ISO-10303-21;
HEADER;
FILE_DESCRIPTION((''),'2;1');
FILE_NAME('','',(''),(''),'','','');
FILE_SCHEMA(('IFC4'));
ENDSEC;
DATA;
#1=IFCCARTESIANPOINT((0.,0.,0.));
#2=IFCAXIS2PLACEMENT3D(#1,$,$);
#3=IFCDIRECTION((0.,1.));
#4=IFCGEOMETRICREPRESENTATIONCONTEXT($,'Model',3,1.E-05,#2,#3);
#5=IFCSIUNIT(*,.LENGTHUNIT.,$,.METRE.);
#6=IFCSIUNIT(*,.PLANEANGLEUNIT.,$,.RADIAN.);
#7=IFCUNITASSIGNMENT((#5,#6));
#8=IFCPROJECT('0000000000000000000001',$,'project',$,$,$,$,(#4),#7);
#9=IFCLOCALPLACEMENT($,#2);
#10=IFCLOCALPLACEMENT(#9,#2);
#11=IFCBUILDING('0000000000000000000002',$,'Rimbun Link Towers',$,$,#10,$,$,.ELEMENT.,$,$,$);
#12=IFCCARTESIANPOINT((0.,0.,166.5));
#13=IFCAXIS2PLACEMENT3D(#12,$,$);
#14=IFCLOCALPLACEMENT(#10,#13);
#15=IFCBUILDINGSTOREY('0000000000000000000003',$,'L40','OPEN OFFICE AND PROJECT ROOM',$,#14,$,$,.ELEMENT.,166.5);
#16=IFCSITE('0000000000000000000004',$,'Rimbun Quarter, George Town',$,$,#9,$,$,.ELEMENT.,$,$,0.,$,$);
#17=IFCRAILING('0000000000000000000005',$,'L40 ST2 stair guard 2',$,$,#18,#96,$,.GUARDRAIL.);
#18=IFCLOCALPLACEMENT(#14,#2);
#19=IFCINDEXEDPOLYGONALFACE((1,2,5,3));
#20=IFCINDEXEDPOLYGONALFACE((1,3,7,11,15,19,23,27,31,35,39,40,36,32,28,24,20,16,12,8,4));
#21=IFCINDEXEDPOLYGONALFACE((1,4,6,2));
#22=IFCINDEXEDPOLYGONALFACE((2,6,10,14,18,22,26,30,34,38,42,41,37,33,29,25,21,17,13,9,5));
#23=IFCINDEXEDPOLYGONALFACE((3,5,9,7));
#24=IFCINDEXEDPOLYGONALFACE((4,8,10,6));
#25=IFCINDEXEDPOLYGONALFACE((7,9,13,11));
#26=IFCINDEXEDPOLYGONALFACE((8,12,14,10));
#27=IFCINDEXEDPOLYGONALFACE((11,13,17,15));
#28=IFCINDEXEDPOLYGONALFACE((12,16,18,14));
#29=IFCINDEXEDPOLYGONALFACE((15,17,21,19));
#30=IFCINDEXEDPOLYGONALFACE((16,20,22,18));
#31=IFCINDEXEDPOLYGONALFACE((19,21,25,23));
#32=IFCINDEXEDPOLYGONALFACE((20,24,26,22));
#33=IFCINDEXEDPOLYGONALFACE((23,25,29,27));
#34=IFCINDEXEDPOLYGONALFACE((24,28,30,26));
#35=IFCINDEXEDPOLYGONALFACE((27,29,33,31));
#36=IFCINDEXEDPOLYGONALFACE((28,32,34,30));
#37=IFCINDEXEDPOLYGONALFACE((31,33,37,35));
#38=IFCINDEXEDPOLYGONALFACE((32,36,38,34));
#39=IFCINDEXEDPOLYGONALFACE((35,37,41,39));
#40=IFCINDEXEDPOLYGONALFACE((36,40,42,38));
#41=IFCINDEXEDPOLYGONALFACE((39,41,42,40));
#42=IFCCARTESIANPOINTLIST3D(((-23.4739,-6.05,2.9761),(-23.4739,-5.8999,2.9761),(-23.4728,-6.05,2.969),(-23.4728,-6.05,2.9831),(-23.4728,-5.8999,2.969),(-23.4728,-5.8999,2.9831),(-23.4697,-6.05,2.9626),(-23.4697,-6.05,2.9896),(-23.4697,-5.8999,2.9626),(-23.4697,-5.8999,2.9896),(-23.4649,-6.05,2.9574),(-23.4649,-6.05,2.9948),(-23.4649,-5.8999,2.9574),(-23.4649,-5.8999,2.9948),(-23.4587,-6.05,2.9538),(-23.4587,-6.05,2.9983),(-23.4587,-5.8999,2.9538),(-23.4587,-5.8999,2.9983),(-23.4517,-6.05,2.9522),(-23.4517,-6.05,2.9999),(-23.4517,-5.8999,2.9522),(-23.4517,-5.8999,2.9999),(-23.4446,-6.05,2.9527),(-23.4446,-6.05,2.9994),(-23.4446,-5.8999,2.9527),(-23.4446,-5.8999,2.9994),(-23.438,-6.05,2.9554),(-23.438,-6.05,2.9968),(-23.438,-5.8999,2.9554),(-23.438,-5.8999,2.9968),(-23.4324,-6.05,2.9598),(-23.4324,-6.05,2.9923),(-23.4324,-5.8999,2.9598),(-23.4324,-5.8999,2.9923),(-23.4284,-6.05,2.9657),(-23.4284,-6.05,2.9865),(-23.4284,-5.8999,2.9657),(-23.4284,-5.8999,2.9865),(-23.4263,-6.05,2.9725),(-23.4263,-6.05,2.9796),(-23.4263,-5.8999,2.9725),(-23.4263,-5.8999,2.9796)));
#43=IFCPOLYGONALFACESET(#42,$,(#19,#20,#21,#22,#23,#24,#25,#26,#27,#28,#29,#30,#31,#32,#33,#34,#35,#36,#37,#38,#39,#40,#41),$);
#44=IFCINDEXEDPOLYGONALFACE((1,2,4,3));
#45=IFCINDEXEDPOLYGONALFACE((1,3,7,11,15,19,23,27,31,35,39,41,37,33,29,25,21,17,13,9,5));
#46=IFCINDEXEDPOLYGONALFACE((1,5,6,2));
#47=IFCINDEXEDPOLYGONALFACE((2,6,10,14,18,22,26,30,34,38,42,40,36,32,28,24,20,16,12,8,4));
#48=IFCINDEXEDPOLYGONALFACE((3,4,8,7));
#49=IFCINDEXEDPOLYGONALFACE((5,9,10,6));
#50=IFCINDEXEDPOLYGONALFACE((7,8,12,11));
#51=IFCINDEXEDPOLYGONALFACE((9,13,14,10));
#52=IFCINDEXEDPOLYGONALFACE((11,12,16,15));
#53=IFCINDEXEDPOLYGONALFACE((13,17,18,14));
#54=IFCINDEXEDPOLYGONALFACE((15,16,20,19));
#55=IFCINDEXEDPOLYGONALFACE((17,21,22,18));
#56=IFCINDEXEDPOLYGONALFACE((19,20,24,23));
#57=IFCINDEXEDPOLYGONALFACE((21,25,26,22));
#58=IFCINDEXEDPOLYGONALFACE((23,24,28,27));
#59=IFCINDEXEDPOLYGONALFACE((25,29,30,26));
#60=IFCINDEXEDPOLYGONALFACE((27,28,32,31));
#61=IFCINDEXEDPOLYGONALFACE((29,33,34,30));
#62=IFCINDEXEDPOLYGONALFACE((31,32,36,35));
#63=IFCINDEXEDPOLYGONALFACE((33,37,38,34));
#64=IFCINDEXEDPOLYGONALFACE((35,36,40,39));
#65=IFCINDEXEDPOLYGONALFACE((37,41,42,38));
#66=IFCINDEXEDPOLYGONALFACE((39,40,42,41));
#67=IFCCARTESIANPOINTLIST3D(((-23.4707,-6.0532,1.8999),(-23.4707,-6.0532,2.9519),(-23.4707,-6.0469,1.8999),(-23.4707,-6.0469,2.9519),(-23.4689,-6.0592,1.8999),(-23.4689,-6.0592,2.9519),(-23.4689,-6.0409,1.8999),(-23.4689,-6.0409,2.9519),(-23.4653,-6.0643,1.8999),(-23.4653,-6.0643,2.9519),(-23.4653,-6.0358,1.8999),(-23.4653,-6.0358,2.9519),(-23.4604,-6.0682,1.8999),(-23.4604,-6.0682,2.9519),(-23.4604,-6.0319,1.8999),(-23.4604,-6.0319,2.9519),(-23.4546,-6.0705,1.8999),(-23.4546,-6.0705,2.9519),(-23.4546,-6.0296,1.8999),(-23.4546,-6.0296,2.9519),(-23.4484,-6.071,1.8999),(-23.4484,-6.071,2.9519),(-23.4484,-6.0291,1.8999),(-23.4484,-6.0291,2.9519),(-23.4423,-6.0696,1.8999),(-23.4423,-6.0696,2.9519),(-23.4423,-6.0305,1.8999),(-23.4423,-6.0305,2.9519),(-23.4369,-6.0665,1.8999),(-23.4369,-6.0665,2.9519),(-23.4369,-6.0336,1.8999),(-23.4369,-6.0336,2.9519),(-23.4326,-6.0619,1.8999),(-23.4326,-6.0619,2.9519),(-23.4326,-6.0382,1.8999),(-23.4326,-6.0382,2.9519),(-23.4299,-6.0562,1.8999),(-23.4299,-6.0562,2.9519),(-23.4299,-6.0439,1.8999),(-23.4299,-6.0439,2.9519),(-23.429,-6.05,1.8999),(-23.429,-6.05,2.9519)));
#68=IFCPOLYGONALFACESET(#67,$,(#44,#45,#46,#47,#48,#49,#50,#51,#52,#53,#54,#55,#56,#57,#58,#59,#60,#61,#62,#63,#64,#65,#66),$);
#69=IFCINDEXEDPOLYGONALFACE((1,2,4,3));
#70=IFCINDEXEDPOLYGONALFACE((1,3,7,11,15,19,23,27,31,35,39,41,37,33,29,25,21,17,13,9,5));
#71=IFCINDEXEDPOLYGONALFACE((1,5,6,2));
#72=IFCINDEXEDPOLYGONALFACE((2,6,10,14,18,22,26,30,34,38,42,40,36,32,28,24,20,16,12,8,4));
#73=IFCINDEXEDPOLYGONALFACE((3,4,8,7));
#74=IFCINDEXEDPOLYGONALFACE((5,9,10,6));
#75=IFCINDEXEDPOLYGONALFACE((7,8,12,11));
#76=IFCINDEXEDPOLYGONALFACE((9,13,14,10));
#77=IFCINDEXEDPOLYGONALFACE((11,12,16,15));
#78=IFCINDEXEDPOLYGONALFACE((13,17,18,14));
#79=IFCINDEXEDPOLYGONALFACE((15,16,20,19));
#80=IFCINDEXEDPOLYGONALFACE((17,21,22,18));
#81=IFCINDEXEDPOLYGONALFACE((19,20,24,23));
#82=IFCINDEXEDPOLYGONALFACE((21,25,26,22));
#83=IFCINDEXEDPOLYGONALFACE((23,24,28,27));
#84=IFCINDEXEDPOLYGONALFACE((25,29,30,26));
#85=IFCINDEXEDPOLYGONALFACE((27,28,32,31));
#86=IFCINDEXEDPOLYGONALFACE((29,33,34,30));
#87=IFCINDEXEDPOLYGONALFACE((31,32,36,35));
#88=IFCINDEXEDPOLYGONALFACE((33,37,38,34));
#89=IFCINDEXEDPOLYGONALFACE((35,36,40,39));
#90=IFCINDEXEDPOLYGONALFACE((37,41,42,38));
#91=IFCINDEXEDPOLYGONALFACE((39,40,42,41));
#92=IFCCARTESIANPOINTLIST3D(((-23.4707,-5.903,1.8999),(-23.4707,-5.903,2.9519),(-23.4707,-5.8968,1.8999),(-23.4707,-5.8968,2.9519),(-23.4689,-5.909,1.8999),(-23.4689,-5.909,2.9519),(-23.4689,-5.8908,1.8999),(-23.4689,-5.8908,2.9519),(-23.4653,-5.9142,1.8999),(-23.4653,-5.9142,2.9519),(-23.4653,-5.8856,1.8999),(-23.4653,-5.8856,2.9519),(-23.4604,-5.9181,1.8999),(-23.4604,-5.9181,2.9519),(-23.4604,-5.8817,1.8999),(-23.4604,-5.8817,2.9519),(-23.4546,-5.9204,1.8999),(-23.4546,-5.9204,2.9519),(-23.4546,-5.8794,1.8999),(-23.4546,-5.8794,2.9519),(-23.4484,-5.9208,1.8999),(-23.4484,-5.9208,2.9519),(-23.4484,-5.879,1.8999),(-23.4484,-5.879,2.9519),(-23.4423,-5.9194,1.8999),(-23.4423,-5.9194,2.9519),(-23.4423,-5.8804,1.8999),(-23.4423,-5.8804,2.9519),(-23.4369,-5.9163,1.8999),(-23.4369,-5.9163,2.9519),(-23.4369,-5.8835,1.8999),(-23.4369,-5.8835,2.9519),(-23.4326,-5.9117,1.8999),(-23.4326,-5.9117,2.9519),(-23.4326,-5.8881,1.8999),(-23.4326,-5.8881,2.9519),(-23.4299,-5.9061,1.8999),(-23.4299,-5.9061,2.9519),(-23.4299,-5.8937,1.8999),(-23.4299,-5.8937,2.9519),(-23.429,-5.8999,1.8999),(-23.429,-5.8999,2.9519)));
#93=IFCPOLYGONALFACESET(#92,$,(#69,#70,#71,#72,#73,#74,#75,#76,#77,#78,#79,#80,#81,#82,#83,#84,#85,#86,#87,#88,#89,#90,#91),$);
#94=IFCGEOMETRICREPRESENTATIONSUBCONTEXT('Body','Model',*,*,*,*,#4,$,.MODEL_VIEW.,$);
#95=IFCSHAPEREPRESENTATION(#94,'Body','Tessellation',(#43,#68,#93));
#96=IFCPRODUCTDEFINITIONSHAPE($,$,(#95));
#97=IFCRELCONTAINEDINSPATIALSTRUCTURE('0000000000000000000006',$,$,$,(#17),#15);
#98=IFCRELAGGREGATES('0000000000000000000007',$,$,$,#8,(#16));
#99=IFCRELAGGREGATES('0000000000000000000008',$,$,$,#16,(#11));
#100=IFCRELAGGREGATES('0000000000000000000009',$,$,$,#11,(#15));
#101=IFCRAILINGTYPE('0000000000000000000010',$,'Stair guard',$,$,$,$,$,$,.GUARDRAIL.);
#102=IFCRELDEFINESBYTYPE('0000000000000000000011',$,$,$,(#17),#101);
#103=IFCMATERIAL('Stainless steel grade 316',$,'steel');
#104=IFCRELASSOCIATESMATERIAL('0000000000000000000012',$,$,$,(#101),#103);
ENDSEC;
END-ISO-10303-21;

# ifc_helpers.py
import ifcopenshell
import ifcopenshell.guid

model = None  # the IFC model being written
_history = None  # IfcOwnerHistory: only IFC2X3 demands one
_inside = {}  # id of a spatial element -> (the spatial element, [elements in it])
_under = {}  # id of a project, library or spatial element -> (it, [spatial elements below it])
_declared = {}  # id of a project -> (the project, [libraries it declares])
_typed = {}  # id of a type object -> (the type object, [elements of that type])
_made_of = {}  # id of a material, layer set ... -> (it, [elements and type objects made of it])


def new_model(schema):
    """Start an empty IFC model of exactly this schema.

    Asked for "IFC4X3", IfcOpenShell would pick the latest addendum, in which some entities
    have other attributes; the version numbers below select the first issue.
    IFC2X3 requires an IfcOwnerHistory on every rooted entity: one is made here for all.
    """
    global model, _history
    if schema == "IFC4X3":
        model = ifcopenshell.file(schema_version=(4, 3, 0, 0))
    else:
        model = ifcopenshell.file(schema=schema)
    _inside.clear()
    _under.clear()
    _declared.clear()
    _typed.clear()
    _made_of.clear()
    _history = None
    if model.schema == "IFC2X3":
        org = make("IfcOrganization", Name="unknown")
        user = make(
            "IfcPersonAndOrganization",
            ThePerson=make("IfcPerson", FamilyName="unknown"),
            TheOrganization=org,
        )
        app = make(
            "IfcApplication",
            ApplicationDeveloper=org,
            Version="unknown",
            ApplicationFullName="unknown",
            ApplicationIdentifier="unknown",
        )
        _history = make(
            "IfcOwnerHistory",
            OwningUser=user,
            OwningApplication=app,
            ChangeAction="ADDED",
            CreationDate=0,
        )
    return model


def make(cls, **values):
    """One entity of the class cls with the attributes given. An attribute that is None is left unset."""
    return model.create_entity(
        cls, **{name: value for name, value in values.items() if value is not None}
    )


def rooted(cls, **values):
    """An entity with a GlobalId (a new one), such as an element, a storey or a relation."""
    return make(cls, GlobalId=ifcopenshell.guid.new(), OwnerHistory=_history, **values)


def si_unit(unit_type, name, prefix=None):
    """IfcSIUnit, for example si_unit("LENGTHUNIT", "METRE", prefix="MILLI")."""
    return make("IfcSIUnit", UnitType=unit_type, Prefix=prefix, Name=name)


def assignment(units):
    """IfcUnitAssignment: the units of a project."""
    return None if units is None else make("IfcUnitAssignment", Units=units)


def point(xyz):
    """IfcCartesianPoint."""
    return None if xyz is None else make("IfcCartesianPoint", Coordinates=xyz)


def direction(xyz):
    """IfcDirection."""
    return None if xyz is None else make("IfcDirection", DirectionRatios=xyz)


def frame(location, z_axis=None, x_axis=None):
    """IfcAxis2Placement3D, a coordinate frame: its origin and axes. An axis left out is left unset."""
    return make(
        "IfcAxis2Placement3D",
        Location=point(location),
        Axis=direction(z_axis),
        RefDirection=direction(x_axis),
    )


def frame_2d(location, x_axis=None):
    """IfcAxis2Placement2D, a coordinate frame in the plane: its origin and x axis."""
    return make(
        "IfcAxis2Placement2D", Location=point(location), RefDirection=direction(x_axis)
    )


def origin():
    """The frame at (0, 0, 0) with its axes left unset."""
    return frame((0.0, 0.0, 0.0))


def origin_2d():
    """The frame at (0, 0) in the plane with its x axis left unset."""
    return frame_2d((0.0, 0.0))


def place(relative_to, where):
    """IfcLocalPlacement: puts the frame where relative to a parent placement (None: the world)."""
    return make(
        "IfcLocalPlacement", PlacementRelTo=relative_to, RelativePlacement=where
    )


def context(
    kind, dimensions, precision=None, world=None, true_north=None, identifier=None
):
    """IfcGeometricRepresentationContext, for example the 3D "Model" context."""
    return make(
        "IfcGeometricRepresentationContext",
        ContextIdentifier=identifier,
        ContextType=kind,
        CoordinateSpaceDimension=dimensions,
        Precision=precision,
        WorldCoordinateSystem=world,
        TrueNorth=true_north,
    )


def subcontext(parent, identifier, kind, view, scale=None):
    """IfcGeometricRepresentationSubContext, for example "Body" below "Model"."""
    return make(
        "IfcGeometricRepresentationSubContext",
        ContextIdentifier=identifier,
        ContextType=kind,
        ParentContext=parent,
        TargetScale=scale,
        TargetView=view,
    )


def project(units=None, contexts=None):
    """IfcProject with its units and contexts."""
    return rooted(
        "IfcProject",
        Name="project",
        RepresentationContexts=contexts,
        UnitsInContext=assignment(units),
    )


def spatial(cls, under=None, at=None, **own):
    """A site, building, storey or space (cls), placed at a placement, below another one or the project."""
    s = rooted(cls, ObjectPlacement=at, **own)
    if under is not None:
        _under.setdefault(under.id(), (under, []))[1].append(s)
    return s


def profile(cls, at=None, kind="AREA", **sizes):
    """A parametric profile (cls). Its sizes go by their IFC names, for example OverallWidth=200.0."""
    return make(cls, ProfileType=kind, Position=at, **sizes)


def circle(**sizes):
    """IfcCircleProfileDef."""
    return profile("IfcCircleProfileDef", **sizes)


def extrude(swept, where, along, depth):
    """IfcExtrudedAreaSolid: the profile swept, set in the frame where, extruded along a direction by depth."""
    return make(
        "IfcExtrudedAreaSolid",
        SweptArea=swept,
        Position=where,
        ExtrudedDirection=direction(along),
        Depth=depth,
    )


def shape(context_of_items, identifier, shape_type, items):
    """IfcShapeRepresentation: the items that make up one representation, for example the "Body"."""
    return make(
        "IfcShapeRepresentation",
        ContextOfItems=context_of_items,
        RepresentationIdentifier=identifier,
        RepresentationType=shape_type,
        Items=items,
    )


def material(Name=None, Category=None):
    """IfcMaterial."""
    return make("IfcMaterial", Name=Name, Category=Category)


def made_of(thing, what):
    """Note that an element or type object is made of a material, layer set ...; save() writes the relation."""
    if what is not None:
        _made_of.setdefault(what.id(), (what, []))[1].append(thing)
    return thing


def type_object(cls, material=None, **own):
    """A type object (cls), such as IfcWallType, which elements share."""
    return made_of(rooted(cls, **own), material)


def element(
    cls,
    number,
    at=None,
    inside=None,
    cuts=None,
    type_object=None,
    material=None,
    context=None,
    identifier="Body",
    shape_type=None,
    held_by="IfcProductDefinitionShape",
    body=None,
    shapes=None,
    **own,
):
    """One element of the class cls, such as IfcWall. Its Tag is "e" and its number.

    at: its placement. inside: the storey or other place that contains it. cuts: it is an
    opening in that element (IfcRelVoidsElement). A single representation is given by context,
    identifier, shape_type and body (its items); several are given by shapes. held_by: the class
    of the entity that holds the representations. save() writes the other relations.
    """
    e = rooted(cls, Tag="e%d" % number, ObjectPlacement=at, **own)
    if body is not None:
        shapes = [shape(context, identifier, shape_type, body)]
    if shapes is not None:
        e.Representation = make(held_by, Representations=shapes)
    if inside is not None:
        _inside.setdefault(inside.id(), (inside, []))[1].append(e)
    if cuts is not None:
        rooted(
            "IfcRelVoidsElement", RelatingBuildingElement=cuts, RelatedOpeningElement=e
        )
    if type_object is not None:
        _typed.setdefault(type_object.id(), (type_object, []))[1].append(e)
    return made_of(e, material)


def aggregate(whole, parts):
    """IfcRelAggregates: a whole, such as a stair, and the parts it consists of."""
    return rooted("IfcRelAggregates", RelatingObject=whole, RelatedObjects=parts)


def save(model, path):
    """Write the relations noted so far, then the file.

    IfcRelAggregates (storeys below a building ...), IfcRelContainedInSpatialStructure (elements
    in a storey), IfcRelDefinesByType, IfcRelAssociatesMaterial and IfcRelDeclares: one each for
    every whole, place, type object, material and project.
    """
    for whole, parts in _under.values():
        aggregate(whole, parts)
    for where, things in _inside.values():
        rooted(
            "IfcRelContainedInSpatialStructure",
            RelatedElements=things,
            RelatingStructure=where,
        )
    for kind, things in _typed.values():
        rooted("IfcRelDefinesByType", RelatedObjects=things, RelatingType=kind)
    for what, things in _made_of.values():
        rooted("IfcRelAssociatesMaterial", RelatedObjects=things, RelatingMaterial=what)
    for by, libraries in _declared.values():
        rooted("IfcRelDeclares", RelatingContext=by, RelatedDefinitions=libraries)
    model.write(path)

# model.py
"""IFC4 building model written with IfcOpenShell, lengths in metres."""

from ifc_helpers import new_model, si_unit, direction, frame, origin, origin_2d, place, context, subcontext, project, spatial, circle, extrude, material, type_object, element, save


model = new_model("IFC4")

# Units and contexts
model_context = context("Model", 3, precision=1e-05, world=origin(), true_north=direction((0.0, 1.0)))
body_context = subcontext(model_context, "Body", "Model", "MODEL_VIEW")
ifc_project = project(units=[si_unit("LENGTHUNIT", "METRE"), si_unit("PLANEANGLEUNIT", "RADIAN")], contexts=[model_context])

# Site, building, storey
site_placement = place(None, origin())
site = spatial("IfcSite", under=ifc_project, at=site_placement, Name="Rimbun Quarter, George Town", CompositionType="ELEMENT", RefElevation=0.0)
building_placement = place(site_placement, origin())
building = spatial("IfcBuilding", under=site, at=building_placement, Name="Rimbun Link Towers", CompositionType="ELEMENT")
storey_placement = place(building_placement, frame((0.0, 0.0, 166.5)))
storey = spatial("IfcBuildingStorey", under=building, at=storey_placement, Name="L40", Description="OPEN OFFICE AND PROJECT ROOM", CompositionType="ELEMENT", Elevation=166.5)

# Railing
ifc_material_1 = material(Name="Stainless steel grade 316", Category="steel")
railing_type_1 = type_object("IfcRailingType", Name="Stair guard", PredefinedType="GUARDRAIL", material=ifc_material_1)
railing_1_placement = place(storey_placement, frame((-23.45, -6.05, 1.8999)))
element("IfcRailing", 1, at=railing_1_placement, inside=storey, type_object=railing_type_1, Name="L40 ST2 stair guard 2", PredefinedType="GUARDRAIL", context=body_context, shape_type="SweptSolid", body=[
    extrude(circle(Radius=0.0239, at=origin_2d()), frame((0.0, 0.0, 1.0762), z_axis=(0.0, 1.0, 0.0), x_axis=(-1.0, 0.0, 0.0)), (0.0, 0.0, 1.0), 0.1501),
    extrude(circle(Radius=0.021, at=origin_2d()), origin(), (0.0, 0.0, 1.0), 1.052),
    extrude(circle(Radius=0.021, at=origin_2d()), frame((0.0, 0.1501, 0.0)), (0.0, 0.0, 1.0), 1.052),
])

save(model, "model.ifc")
